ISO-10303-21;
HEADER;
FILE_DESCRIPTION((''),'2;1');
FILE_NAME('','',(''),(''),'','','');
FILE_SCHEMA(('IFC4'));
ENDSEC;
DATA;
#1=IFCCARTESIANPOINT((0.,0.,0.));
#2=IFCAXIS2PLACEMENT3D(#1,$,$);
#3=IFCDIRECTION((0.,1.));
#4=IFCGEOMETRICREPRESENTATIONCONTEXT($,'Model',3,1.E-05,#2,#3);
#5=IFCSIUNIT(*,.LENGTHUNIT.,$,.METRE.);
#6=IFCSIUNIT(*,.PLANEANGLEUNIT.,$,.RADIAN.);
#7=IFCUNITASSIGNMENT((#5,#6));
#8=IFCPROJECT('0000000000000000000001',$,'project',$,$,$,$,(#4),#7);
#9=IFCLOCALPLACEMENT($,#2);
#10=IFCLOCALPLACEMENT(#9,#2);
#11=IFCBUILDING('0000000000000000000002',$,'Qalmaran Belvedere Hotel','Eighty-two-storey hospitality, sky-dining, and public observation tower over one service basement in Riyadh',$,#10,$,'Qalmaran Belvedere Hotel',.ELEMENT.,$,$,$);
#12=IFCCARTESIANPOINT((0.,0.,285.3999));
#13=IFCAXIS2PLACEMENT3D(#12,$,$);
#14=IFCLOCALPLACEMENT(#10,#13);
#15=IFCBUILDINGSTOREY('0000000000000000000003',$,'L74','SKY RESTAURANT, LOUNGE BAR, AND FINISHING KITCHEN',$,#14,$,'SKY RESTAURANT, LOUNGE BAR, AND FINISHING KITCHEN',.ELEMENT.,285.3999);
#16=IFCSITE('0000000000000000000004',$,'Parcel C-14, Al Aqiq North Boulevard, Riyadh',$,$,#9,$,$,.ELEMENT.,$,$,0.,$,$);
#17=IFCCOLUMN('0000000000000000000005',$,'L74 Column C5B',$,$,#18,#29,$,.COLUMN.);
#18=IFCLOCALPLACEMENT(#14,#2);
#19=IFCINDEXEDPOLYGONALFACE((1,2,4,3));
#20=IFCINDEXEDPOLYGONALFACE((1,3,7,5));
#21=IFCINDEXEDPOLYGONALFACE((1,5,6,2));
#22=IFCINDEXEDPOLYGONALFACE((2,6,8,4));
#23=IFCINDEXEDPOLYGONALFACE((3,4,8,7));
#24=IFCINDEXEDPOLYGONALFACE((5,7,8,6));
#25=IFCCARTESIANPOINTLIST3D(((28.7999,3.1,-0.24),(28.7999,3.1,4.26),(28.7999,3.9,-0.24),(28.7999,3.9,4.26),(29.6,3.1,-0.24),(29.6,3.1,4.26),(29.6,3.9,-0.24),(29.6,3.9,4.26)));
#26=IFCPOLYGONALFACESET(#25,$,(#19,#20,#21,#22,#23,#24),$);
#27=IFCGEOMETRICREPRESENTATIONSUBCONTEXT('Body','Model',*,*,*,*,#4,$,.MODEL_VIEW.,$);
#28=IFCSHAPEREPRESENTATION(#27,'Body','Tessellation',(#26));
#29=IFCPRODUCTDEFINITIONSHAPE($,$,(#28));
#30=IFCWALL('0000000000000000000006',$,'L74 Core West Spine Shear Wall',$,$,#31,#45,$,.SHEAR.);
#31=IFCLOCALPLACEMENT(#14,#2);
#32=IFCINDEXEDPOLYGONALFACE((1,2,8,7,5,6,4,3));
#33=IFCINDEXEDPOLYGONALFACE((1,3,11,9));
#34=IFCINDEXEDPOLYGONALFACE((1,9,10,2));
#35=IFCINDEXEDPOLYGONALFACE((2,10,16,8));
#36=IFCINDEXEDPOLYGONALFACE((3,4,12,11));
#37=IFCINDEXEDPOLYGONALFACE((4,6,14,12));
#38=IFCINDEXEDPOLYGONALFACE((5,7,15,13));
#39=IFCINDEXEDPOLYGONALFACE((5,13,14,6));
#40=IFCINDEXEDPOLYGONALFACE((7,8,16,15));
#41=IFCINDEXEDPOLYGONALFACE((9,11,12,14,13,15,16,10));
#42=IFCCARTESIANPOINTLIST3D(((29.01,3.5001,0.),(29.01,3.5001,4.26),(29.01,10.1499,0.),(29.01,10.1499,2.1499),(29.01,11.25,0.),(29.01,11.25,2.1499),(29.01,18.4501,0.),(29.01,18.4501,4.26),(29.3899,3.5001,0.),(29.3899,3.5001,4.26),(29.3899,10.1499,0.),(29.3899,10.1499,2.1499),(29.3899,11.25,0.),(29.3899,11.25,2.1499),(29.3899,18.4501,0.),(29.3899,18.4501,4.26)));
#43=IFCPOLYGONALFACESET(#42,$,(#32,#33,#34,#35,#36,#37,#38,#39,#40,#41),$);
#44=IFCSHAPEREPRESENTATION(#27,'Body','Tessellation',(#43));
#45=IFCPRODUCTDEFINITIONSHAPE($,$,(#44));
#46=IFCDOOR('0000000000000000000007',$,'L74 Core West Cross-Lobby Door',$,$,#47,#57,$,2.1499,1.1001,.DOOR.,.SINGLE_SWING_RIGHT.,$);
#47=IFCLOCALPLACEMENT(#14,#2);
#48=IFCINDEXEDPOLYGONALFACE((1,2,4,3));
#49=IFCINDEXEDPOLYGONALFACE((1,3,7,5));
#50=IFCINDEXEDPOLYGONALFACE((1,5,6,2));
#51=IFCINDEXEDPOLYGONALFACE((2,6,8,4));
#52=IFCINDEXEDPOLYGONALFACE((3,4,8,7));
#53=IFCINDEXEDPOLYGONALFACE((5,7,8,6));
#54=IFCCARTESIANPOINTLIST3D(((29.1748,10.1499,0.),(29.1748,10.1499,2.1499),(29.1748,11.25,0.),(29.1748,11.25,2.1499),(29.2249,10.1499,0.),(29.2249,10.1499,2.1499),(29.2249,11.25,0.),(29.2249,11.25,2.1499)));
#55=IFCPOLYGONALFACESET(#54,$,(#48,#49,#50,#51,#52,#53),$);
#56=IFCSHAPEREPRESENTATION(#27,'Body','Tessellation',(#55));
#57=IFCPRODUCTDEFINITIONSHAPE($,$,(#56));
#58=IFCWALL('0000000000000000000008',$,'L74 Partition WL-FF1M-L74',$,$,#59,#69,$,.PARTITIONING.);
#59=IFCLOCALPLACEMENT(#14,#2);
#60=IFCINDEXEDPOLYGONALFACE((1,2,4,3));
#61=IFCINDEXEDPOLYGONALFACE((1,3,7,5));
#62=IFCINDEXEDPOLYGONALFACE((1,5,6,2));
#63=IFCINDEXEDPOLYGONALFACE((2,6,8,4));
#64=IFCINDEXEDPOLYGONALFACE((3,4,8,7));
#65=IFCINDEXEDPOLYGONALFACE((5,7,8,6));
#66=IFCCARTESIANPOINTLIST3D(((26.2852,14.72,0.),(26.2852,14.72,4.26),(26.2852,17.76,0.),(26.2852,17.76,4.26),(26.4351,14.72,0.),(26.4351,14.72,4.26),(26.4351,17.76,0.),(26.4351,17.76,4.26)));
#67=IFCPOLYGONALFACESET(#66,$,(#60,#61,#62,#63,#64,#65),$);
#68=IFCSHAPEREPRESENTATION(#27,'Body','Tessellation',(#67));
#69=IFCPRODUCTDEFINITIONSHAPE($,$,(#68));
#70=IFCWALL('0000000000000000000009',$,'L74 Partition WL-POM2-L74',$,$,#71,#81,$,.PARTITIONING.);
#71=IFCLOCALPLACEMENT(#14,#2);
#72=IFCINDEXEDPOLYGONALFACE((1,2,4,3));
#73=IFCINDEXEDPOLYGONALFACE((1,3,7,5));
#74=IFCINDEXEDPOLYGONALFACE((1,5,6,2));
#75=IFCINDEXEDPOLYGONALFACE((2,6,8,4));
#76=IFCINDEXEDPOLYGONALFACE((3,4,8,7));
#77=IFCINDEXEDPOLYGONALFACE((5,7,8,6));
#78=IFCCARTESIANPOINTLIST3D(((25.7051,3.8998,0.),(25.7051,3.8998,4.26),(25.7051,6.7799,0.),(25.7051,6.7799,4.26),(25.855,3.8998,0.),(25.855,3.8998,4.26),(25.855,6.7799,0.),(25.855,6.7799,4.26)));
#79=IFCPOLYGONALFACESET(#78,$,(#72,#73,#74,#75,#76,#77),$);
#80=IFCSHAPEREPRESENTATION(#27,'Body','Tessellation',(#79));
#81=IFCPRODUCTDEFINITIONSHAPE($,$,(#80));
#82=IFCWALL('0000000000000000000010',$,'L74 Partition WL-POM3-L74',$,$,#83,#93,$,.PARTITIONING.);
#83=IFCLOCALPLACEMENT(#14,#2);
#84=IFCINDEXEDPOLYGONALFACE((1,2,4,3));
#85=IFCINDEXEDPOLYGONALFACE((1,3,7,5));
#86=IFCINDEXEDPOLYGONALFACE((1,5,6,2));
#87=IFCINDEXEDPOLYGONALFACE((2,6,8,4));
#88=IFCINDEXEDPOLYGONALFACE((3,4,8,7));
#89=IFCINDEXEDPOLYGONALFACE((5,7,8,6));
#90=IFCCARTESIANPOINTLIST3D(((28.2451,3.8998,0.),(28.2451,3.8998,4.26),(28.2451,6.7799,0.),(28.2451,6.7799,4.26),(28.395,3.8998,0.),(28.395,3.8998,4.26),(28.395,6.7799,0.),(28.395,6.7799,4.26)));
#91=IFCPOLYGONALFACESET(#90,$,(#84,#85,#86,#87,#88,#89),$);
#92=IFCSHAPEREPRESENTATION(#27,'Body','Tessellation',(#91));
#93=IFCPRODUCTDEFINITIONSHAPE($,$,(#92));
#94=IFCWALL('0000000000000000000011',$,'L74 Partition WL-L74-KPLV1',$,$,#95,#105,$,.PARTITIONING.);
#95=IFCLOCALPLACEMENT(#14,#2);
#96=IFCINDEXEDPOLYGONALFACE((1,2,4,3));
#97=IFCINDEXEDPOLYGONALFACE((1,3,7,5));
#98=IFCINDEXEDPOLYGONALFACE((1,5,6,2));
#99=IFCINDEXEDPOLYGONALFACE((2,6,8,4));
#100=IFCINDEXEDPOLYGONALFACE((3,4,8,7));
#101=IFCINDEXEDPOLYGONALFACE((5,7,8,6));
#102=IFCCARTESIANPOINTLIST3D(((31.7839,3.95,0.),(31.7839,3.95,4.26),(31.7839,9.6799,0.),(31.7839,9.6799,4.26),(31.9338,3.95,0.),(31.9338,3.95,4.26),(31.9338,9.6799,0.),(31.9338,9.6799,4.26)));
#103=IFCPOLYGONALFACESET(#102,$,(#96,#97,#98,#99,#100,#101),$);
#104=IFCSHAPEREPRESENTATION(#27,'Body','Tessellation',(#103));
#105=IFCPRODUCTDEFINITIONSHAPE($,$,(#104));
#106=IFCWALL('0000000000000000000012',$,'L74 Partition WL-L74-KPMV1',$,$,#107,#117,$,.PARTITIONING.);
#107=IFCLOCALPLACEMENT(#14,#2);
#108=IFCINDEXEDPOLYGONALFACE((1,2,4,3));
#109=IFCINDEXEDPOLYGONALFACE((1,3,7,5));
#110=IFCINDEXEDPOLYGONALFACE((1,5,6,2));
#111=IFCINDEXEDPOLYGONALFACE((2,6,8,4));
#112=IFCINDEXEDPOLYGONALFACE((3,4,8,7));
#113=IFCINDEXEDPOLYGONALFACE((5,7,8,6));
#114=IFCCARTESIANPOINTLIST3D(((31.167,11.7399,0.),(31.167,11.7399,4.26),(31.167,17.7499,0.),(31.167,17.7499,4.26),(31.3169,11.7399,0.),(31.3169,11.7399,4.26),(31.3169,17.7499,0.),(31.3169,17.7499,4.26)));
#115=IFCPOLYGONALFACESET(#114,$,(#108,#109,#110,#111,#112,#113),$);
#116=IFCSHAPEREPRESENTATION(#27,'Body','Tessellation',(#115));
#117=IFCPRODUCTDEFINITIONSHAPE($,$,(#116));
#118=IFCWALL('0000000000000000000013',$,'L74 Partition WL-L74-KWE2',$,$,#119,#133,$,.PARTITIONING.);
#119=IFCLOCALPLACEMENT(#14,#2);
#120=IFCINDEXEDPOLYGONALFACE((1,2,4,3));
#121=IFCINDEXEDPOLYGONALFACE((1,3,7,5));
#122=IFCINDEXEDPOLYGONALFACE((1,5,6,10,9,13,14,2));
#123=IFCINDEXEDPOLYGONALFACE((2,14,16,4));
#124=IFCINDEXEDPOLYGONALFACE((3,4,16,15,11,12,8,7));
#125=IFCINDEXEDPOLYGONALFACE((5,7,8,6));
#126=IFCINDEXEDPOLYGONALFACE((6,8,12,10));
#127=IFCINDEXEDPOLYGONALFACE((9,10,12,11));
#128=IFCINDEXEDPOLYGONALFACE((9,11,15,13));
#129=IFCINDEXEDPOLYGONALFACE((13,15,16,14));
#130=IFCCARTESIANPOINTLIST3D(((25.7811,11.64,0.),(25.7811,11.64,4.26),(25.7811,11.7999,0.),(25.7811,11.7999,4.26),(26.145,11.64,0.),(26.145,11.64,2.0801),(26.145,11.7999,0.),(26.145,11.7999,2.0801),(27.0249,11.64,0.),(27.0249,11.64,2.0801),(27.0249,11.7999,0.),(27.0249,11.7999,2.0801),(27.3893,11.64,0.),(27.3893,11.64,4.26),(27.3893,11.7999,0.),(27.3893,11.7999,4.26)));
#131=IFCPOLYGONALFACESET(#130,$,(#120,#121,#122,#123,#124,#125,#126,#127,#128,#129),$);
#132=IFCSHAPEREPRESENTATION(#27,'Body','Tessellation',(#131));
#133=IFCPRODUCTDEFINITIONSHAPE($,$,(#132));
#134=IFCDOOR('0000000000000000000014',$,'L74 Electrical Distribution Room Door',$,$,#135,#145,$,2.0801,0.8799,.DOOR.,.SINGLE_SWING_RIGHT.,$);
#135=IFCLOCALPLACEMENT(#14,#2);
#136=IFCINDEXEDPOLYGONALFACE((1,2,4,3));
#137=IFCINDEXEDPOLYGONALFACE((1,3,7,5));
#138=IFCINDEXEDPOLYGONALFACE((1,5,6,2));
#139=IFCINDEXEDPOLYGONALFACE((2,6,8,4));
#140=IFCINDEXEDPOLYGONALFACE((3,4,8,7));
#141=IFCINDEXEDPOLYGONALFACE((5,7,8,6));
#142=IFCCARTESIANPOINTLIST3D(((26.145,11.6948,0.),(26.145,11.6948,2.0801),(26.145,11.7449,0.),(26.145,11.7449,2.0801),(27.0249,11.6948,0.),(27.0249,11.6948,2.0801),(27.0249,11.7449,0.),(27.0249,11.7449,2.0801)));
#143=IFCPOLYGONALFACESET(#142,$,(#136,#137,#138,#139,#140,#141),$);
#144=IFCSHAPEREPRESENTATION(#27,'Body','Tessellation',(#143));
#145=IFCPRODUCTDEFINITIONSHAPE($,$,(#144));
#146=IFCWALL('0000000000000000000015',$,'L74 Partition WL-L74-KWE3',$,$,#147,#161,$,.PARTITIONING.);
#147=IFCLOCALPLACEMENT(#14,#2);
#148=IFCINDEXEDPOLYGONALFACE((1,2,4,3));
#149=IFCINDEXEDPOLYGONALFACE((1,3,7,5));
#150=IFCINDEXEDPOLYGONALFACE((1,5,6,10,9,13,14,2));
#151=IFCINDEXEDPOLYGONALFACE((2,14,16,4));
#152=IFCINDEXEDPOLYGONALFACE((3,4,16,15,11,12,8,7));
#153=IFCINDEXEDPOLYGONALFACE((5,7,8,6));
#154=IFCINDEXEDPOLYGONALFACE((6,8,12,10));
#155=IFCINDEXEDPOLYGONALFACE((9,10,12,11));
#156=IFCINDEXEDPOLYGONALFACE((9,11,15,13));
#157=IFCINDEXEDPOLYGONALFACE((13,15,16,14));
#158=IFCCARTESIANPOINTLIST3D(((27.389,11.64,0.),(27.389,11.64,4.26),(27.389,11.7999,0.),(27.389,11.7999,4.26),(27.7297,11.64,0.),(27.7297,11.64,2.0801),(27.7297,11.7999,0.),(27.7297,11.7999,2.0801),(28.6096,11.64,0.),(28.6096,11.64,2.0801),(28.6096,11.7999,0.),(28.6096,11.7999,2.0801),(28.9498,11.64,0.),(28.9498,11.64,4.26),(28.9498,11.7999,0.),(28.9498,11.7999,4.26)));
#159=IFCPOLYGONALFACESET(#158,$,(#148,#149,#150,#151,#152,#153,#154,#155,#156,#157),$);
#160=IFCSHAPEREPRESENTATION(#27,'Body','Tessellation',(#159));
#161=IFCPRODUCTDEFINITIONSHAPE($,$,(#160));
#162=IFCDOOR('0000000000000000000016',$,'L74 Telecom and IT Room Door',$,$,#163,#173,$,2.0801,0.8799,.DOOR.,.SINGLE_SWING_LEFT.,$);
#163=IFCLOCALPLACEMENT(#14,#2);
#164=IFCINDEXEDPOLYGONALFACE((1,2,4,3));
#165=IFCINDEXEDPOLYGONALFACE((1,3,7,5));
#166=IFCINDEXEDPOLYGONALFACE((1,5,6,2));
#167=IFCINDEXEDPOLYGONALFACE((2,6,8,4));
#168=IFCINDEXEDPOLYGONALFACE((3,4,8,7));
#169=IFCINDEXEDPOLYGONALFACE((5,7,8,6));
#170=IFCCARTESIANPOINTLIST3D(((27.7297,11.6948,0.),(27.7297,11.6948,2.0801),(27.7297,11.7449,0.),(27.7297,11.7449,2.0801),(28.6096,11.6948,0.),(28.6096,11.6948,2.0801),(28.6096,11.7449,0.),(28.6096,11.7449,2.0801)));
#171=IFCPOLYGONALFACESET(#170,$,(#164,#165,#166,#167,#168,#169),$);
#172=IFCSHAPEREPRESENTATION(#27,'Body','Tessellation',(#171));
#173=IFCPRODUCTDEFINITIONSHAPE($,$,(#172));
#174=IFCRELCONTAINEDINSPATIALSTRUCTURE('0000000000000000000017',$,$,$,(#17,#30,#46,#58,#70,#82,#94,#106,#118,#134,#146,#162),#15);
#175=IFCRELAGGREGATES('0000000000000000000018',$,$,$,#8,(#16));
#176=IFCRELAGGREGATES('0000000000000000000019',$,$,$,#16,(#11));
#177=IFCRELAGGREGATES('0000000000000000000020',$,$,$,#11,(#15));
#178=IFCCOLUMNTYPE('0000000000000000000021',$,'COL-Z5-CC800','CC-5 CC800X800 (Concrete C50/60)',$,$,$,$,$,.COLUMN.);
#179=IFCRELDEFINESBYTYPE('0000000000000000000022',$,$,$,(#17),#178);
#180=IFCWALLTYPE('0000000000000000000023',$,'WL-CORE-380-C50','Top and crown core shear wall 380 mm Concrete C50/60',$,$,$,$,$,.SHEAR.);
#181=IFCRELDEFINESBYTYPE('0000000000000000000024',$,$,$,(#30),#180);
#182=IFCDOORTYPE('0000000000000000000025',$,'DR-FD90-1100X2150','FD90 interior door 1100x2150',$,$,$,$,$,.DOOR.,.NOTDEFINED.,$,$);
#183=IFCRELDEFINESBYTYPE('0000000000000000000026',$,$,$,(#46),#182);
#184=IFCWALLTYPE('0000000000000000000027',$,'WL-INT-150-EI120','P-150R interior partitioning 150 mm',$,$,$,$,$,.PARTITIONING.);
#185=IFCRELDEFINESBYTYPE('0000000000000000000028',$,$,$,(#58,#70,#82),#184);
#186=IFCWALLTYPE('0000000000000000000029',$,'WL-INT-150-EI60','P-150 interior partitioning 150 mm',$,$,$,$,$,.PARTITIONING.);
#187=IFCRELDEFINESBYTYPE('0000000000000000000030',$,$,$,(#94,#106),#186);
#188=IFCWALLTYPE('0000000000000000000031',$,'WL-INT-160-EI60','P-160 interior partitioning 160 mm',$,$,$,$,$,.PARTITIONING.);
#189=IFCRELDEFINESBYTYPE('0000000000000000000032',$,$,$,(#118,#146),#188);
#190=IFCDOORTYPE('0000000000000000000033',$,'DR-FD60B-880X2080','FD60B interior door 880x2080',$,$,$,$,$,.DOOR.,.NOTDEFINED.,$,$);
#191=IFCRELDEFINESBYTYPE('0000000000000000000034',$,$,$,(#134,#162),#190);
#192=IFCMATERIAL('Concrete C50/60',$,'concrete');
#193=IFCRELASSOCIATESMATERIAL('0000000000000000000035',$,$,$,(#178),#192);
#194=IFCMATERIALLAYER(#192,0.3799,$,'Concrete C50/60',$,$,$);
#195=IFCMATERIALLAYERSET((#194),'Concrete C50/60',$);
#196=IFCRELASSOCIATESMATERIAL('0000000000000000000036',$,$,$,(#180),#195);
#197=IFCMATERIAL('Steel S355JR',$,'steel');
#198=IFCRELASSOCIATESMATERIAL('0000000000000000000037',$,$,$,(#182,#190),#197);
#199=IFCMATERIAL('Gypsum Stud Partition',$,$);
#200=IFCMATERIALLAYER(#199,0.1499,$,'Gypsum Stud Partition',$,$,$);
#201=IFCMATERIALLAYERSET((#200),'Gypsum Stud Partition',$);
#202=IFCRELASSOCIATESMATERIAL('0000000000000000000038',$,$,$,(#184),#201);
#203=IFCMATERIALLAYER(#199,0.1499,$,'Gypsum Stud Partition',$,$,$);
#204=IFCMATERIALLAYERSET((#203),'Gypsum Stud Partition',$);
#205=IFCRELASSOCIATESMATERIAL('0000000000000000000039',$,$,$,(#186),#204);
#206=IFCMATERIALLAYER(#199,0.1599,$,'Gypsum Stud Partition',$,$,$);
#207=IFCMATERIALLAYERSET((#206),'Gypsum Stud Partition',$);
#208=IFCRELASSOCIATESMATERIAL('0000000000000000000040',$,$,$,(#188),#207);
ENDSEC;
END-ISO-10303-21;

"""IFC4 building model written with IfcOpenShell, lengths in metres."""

from ifc_helpers import new_model, si_unit, direction, frame, frame_2d, origin, origin_2d, place, context, subcontext, project, spatial, rectangle, extrude, material, layer, layer_set, material_profile, profile_set, type_object, element, fill, save


model = new_model("IFC4")

# Units and contexts
model_context = context("Model", 3, precision=1e-05, world=origin(), true_north=direction((0.0, 1.0)))
body_context = subcontext(model_context, "Body", "Model", "MODEL_VIEW")
ifc_project = project(units=[si_unit("LENGTHUNIT", "METRE"), si_unit("PLANEANGLEUNIT", "RADIAN")], contexts=[model_context])

# Site, building, storey
site_placement = place(None, origin())
site = spatial("IfcSite", under=ifc_project, at=site_placement, Name="Parcel C-14, Al Aqiq North Boulevard, Riyadh", CompositionType="ELEMENT", RefElevation=0.0)
building_placement = place(site_placement, origin())
building = spatial("IfcBuilding", under=site, at=building_placement, Name="Qalmaran Belvedere Hotel", Description="Eighty-two-storey hospitality, sky-dining, and public observation tower over one service basement in Riyadh", LongName="Qalmaran Belvedere Hotel", CompositionType="ELEMENT")
storey_placement = place(building_placement, frame((0.0, 0.0, 285.3999)))
storey = spatial("IfcBuildingStorey", under=building, at=storey_placement, Name="L74", Description="SKY RESTAURANT, LOUNGE BAR, AND FINISHING KITCHEN", LongName="SKY RESTAURANT, LOUNGE BAR, AND FINISHING KITCHEN", CompositionType="ELEMENT", Elevation=285.3999)

# Column
ifc_material_1 = material(Name="Concrete C50/60", Category="concrete")
ifc_material_profile = material_profile(ifc_material_1, rectangle(XDim=0.8, YDim=0.8, at=origin_2d()), Name="CC800X800")
ifc_profile_set = profile_set([ifc_material_profile], Name="Concrete C50/60")
column_type = type_object("IfcColumnType", Name="COL-Z5-CC800", Description="CC-5 CC800X800 (Concrete C50/60)", PredefinedType="COLUMN", material=ifc_profile_set)
column_placement = place(storey_placement, frame((29.2, 3.5, -0.24), z_axis=(0.0, 0.0, 1.0), x_axis=(1.0, 0.0, 0.0)))
element("IfcColumn", 1, at=column_placement, inside=storey, type_object=column_type, Name="L74 Column C5B", PredefinedType="COLUMN", context=body_context, shape_type="SweptSolid", body=[
    extrude(rectangle(XDim=0.8, YDim=0.8, at=origin_2d()), origin(), (0.0, 0.0, 1.0), 4.5),
])

# Wall, opening, door
ifc_layer_1 = layer(ifc_material_1, 0.3799, Name="Concrete C50/60")
ifc_layer_set_1 = layer_set([ifc_layer_1], Name="Concrete C50/60")
wall_type_1 = type_object("IfcWallType", Name="WL-CORE-380-C50", Description="Top and crown core shear wall 380 mm Concrete C50/60", PredefinedType="SHEAR", material=ifc_layer_set_1)
wall_1_placement = place(storey_placement, frame((29.2, 3.5, 0.0), z_axis=(0.0, 0.0, 1.0), x_axis=(0.0, 1.0, 0.0)))
wall_1 = element("IfcWall", 2, at=wall_1_placement, inside=storey, type_object=wall_type_1, Name="L74 Core West Spine Shear Wall", PredefinedType="SHEAR", context=body_context, shape_type="SweptSolid", body=[
    extrude(rectangle(XDim=14.95, YDim=0.3799, at=frame_2d((7.4751, 0.0))), origin(), (0.0, 0.0, 1.0), 4.26),
])
opening_1_placement = place(wall_1_placement, frame((7.75, 0.0, 0.0), z_axis=(0.0, 0.0, 1.0), x_axis=(-1.0, 0.0, 0.0)))
opening_1 = element("IfcOpeningElement", 3, at=opening_1_placement, cuts=wall_1, PredefinedType="OPENING", context=body_context, shape_type="SweptSolid", body=[
    extrude(rectangle(XDim=1.1001, YDim=2.1499, at=frame_2d((0.55, 1.075))), frame((0.0, 0.2, 0.0), z_axis=(0.0, -1.0, 0.0), x_axis=(1.0, 0.0, 0.0)), (0.0, 0.0, 1.0), 0.3999),
])
ifc_material_2 = material(Name="Steel S355JR", Category="steel")
door_type_1 = type_object("IfcDoorType", Name="DR-FD90-1100X2150", Description="FD90 interior door 1100x2150", OperationType="NOTDEFINED", PredefinedType="DOOR", material=ifc_material_2)
door_1_placement = place(opening_1_placement, origin())
door_1 = element("IfcDoor", 4, at=door_1_placement, inside=storey, type_object=door_type_1, Name="L74 Core West Cross-Lobby Door", OperationType="SINGLE_SWING_RIGHT", OverallHeight=2.1499, OverallWidth=1.1001, PredefinedType="DOOR", context=body_context, shape_type="SweptSolid", body=[
    extrude(rectangle(XDim=1.1001, YDim=2.1499, at=frame_2d((0.55, 1.075))), frame((0.0, 0.0249, 0.0), z_axis=(0.0, -1.0, 0.0), x_axis=(1.0, 0.0, 0.0)), (0.0, 0.0, 1.0), 0.05),
])
fill(opening_1, door_1)

# Walls
ifc_material_3 = material(Name="Gypsum Stud Partition")
ifc_layer_2 = layer(ifc_material_3, 0.1499, Name="Gypsum Stud Partition")
ifc_layer_set_2 = layer_set([ifc_layer_2], Name="Gypsum Stud Partition")
wall_type_2 = type_object("IfcWallType", Name="WL-INT-150-EI120", Description="P-150R interior partitioning 150 mm", PredefinedType="PARTITIONING", material=ifc_layer_set_2)
wall_2_placement = place(storey_placement, frame((26.3601, 14.72, 0.0), z_axis=(0.0, 0.0, 1.0), x_axis=(0.0, 1.0, 0.0)))
element("IfcWall", 5, at=wall_2_placement, inside=storey, type_object=wall_type_2, Name="L74 Partition WL-FF1M-L74", PredefinedType="PARTITIONING", context=body_context, shape_type="SweptSolid", body=[
    extrude(rectangle(XDim=3.04, YDim=0.1499, at=frame_2d((1.52, 0.0))), origin(), (0.0, 0.0, 1.0), 4.26),
])
for number, where, z_axis, x_axis, name in (
    (6, (25.78, 3.8999, 0.0), (0.0, 0.0, 1.0), (0.0, 1.0, 0.0), "L74 Partition WL-POM2-L74"),
    (7, (28.3201, 3.8999, 0.0), (0.0, 0.0, 1.0), (0.0, 1.0, 0.0), "L74 Partition WL-POM3-L74"),
):
    element("IfcWall", number, at=place(storey_placement, frame(where, z_axis=z_axis, x_axis=x_axis)), inside=storey, type_object=wall_type_2, Name=name, PredefinedType="PARTITIONING", context=body_context, shape_type="SweptSolid", body=[
        extrude(rectangle(XDim=2.8801, YDim=0.1499, at=frame_2d((1.4399, 0.0))), origin(), (0.0, 0.0, 1.0), 4.26),
    ])
ifc_layer_3 = layer(ifc_material_3, 0.1499, Name="Gypsum Stud Partition")
ifc_layer_set_3 = layer_set([ifc_layer_3], Name="Gypsum Stud Partition")
wall_type_3 = type_object("IfcWallType", Name="WL-INT-150-EI60", Description="P-150 interior partitioning 150 mm", PredefinedType="PARTITIONING", material=ifc_layer_set_3)
wall_3_placement = place(storey_placement, frame((31.8589, 3.95, 0.0), z_axis=(0.0, 0.0, 1.0), x_axis=(0.0, 1.0, 0.0)))
element("IfcWall", 8, at=wall_3_placement, inside=storey, type_object=wall_type_3, Name="L74 Partition WL-L74-KPLV1", PredefinedType="PARTITIONING", context=body_context, shape_type="SweptSolid", body=[
    extrude(rectangle(XDim=5.73, YDim=0.1499, at=frame_2d((2.865, 0.0))), origin(), (0.0, 0.0, 1.0), 4.26),
])
wall_4_placement = place(storey_placement, frame((31.2419, 11.74, 0.0), z_axis=(0.0, 0.0, 1.0), x_axis=(0.0, 1.0, 0.0)))
element("IfcWall", 9, at=wall_4_placement, inside=storey, type_object=wall_type_3, Name="L74 Partition WL-L74-KPMV1", PredefinedType="PARTITIONING", context=body_context, shape_type="SweptSolid", body=[
    extrude(rectangle(XDim=6.01, YDim=0.1499, at=frame_2d((3.0049, 0.0))), origin(), (0.0, 0.0, 1.0), 4.26),
])

# Walls, openings, doors
ifc_layer_4 = layer(ifc_material_3, 0.1599, Name="Gypsum Stud Partition")
ifc_layer_set_4 = layer_set([ifc_layer_4], Name="Gypsum Stud Partition")
wall_type_4 = type_object("IfcWallType", Name="WL-INT-160-EI60", Description="P-160 interior partitioning 160 mm", PredefinedType="PARTITIONING", material=ifc_layer_set_4)
wall_5_placement = place(storey_placement, frame((25.781, 11.72, 0.0), z_axis=(0.0, 0.0, 1.0), x_axis=(1.0, 0.0, 0.0)))
wall_5 = element("IfcWall", 10, at=wall_5_placement, inside=storey, type_object=wall_type_4, Name="L74 Partition WL-L74-KWE2", PredefinedType="PARTITIONING", context=body_context, shape_type="SweptSolid", body=[
    extrude(rectangle(XDim=1.6082, YDim=0.1599, at=frame_2d((0.8042, 0.0))), origin(), (0.0, 0.0, 1.0), 4.26),
])
opening_2_placement = place(wall_5_placement, frame((0.364, 0.0, 0.0)))
opening_2 = element("IfcOpeningElement", 11, at=opening_2_placement, cuts=wall_5, PredefinedType="OPENING", context=body_context, shape_type="SweptSolid", body=[
    extrude(rectangle(XDim=0.8799, YDim=2.0801, at=frame_2d((0.4399, 1.04))), frame((0.0, 0.0898, 0.0), z_axis=(0.0, -1.0, 0.0), x_axis=(1.0, 0.0, 0.0)), (0.0, 0.0, 1.0), 0.1799),
])
door_type_2 = type_object("IfcDoorType", Name="DR-FD60B-880X2080", Description="FD60B interior door 880x2080", OperationType="NOTDEFINED", PredefinedType="DOOR", material=ifc_material_2)
door_2_placement = place(opening_2_placement, origin())
door_2 = element("IfcDoor", 12, at=door_2_placement, inside=storey, type_object=door_type_2, Name="L74 Electrical Distribution Room Door", OperationType="SINGLE_SWING_RIGHT", OverallHeight=2.0801, OverallWidth=0.8799, PredefinedType="DOOR", context=body_context, shape_type="SweptSolid", body=[
    extrude(rectangle(XDim=0.8799, YDim=2.0801, at=frame_2d((0.4399, 1.04))), frame((0.0, 0.0249, 0.0), z_axis=(0.0, -1.0, 0.0), x_axis=(1.0, 0.0, 0.0)), (0.0, 0.0, 1.0), 0.05),
])
fill(opening_2, door_2)
wall_6_placement = place(storey_placement, frame((27.3892, 11.72, 0.0), z_axis=(0.0, 0.0, 1.0), x_axis=(1.0, 0.0, 0.0)))
wall_6 = element("IfcWall", 13, at=wall_6_placement, inside=storey, type_object=wall_type_4, Name="L74 Partition WL-L74-KWE3", PredefinedType="PARTITIONING", context=body_context, shape_type="SweptSolid", body=[
    extrude(rectangle(XDim=1.5608, YDim=0.1599, at=frame_2d((0.7803, 0.0))), origin(), (0.0, 0.0, 1.0), 4.26),
])
opening_3_placement = place(wall_6_placement, frame((0.3406, 0.0, 0.0)))
opening_3 = element("IfcOpeningElement", 14, at=opening_3_placement, cuts=wall_6, PredefinedType="OPENING", context=body_context, shape_type="SweptSolid", body=[
    extrude(rectangle(XDim=0.8799, YDim=2.0801, at=frame_2d((0.4399, 1.04))), frame((0.0, 0.0898, 0.0), z_axis=(0.0, -1.0, 0.0), x_axis=(1.0, 0.0, 0.0)), (0.0, 0.0, 1.0), 0.1799),
])
door_3_placement = place(opening_3_placement, origin())
door_3 = element("IfcDoor", 15, at=door_3_placement, inside=storey, type_object=door_type_2, Name="L74 Telecom and IT Room Door", OperationType="SINGLE_SWING_LEFT", OverallHeight=2.0801, OverallWidth=0.8799, PredefinedType="DOOR", context=body_context, shape_type="SweptSolid", body=[
    extrude(rectangle(XDim=0.8799, YDim=2.0801, at=frame_2d((0.4399, 1.04))), frame((0.0, 0.0249, 0.0), z_axis=(0.0, -1.0, 0.0), x_axis=(1.0, 0.0, 0.0)), (0.0, 0.0, 1.0), 0.05),
])
fill(opening_3, door_3)

save(model, "model.ifc")
